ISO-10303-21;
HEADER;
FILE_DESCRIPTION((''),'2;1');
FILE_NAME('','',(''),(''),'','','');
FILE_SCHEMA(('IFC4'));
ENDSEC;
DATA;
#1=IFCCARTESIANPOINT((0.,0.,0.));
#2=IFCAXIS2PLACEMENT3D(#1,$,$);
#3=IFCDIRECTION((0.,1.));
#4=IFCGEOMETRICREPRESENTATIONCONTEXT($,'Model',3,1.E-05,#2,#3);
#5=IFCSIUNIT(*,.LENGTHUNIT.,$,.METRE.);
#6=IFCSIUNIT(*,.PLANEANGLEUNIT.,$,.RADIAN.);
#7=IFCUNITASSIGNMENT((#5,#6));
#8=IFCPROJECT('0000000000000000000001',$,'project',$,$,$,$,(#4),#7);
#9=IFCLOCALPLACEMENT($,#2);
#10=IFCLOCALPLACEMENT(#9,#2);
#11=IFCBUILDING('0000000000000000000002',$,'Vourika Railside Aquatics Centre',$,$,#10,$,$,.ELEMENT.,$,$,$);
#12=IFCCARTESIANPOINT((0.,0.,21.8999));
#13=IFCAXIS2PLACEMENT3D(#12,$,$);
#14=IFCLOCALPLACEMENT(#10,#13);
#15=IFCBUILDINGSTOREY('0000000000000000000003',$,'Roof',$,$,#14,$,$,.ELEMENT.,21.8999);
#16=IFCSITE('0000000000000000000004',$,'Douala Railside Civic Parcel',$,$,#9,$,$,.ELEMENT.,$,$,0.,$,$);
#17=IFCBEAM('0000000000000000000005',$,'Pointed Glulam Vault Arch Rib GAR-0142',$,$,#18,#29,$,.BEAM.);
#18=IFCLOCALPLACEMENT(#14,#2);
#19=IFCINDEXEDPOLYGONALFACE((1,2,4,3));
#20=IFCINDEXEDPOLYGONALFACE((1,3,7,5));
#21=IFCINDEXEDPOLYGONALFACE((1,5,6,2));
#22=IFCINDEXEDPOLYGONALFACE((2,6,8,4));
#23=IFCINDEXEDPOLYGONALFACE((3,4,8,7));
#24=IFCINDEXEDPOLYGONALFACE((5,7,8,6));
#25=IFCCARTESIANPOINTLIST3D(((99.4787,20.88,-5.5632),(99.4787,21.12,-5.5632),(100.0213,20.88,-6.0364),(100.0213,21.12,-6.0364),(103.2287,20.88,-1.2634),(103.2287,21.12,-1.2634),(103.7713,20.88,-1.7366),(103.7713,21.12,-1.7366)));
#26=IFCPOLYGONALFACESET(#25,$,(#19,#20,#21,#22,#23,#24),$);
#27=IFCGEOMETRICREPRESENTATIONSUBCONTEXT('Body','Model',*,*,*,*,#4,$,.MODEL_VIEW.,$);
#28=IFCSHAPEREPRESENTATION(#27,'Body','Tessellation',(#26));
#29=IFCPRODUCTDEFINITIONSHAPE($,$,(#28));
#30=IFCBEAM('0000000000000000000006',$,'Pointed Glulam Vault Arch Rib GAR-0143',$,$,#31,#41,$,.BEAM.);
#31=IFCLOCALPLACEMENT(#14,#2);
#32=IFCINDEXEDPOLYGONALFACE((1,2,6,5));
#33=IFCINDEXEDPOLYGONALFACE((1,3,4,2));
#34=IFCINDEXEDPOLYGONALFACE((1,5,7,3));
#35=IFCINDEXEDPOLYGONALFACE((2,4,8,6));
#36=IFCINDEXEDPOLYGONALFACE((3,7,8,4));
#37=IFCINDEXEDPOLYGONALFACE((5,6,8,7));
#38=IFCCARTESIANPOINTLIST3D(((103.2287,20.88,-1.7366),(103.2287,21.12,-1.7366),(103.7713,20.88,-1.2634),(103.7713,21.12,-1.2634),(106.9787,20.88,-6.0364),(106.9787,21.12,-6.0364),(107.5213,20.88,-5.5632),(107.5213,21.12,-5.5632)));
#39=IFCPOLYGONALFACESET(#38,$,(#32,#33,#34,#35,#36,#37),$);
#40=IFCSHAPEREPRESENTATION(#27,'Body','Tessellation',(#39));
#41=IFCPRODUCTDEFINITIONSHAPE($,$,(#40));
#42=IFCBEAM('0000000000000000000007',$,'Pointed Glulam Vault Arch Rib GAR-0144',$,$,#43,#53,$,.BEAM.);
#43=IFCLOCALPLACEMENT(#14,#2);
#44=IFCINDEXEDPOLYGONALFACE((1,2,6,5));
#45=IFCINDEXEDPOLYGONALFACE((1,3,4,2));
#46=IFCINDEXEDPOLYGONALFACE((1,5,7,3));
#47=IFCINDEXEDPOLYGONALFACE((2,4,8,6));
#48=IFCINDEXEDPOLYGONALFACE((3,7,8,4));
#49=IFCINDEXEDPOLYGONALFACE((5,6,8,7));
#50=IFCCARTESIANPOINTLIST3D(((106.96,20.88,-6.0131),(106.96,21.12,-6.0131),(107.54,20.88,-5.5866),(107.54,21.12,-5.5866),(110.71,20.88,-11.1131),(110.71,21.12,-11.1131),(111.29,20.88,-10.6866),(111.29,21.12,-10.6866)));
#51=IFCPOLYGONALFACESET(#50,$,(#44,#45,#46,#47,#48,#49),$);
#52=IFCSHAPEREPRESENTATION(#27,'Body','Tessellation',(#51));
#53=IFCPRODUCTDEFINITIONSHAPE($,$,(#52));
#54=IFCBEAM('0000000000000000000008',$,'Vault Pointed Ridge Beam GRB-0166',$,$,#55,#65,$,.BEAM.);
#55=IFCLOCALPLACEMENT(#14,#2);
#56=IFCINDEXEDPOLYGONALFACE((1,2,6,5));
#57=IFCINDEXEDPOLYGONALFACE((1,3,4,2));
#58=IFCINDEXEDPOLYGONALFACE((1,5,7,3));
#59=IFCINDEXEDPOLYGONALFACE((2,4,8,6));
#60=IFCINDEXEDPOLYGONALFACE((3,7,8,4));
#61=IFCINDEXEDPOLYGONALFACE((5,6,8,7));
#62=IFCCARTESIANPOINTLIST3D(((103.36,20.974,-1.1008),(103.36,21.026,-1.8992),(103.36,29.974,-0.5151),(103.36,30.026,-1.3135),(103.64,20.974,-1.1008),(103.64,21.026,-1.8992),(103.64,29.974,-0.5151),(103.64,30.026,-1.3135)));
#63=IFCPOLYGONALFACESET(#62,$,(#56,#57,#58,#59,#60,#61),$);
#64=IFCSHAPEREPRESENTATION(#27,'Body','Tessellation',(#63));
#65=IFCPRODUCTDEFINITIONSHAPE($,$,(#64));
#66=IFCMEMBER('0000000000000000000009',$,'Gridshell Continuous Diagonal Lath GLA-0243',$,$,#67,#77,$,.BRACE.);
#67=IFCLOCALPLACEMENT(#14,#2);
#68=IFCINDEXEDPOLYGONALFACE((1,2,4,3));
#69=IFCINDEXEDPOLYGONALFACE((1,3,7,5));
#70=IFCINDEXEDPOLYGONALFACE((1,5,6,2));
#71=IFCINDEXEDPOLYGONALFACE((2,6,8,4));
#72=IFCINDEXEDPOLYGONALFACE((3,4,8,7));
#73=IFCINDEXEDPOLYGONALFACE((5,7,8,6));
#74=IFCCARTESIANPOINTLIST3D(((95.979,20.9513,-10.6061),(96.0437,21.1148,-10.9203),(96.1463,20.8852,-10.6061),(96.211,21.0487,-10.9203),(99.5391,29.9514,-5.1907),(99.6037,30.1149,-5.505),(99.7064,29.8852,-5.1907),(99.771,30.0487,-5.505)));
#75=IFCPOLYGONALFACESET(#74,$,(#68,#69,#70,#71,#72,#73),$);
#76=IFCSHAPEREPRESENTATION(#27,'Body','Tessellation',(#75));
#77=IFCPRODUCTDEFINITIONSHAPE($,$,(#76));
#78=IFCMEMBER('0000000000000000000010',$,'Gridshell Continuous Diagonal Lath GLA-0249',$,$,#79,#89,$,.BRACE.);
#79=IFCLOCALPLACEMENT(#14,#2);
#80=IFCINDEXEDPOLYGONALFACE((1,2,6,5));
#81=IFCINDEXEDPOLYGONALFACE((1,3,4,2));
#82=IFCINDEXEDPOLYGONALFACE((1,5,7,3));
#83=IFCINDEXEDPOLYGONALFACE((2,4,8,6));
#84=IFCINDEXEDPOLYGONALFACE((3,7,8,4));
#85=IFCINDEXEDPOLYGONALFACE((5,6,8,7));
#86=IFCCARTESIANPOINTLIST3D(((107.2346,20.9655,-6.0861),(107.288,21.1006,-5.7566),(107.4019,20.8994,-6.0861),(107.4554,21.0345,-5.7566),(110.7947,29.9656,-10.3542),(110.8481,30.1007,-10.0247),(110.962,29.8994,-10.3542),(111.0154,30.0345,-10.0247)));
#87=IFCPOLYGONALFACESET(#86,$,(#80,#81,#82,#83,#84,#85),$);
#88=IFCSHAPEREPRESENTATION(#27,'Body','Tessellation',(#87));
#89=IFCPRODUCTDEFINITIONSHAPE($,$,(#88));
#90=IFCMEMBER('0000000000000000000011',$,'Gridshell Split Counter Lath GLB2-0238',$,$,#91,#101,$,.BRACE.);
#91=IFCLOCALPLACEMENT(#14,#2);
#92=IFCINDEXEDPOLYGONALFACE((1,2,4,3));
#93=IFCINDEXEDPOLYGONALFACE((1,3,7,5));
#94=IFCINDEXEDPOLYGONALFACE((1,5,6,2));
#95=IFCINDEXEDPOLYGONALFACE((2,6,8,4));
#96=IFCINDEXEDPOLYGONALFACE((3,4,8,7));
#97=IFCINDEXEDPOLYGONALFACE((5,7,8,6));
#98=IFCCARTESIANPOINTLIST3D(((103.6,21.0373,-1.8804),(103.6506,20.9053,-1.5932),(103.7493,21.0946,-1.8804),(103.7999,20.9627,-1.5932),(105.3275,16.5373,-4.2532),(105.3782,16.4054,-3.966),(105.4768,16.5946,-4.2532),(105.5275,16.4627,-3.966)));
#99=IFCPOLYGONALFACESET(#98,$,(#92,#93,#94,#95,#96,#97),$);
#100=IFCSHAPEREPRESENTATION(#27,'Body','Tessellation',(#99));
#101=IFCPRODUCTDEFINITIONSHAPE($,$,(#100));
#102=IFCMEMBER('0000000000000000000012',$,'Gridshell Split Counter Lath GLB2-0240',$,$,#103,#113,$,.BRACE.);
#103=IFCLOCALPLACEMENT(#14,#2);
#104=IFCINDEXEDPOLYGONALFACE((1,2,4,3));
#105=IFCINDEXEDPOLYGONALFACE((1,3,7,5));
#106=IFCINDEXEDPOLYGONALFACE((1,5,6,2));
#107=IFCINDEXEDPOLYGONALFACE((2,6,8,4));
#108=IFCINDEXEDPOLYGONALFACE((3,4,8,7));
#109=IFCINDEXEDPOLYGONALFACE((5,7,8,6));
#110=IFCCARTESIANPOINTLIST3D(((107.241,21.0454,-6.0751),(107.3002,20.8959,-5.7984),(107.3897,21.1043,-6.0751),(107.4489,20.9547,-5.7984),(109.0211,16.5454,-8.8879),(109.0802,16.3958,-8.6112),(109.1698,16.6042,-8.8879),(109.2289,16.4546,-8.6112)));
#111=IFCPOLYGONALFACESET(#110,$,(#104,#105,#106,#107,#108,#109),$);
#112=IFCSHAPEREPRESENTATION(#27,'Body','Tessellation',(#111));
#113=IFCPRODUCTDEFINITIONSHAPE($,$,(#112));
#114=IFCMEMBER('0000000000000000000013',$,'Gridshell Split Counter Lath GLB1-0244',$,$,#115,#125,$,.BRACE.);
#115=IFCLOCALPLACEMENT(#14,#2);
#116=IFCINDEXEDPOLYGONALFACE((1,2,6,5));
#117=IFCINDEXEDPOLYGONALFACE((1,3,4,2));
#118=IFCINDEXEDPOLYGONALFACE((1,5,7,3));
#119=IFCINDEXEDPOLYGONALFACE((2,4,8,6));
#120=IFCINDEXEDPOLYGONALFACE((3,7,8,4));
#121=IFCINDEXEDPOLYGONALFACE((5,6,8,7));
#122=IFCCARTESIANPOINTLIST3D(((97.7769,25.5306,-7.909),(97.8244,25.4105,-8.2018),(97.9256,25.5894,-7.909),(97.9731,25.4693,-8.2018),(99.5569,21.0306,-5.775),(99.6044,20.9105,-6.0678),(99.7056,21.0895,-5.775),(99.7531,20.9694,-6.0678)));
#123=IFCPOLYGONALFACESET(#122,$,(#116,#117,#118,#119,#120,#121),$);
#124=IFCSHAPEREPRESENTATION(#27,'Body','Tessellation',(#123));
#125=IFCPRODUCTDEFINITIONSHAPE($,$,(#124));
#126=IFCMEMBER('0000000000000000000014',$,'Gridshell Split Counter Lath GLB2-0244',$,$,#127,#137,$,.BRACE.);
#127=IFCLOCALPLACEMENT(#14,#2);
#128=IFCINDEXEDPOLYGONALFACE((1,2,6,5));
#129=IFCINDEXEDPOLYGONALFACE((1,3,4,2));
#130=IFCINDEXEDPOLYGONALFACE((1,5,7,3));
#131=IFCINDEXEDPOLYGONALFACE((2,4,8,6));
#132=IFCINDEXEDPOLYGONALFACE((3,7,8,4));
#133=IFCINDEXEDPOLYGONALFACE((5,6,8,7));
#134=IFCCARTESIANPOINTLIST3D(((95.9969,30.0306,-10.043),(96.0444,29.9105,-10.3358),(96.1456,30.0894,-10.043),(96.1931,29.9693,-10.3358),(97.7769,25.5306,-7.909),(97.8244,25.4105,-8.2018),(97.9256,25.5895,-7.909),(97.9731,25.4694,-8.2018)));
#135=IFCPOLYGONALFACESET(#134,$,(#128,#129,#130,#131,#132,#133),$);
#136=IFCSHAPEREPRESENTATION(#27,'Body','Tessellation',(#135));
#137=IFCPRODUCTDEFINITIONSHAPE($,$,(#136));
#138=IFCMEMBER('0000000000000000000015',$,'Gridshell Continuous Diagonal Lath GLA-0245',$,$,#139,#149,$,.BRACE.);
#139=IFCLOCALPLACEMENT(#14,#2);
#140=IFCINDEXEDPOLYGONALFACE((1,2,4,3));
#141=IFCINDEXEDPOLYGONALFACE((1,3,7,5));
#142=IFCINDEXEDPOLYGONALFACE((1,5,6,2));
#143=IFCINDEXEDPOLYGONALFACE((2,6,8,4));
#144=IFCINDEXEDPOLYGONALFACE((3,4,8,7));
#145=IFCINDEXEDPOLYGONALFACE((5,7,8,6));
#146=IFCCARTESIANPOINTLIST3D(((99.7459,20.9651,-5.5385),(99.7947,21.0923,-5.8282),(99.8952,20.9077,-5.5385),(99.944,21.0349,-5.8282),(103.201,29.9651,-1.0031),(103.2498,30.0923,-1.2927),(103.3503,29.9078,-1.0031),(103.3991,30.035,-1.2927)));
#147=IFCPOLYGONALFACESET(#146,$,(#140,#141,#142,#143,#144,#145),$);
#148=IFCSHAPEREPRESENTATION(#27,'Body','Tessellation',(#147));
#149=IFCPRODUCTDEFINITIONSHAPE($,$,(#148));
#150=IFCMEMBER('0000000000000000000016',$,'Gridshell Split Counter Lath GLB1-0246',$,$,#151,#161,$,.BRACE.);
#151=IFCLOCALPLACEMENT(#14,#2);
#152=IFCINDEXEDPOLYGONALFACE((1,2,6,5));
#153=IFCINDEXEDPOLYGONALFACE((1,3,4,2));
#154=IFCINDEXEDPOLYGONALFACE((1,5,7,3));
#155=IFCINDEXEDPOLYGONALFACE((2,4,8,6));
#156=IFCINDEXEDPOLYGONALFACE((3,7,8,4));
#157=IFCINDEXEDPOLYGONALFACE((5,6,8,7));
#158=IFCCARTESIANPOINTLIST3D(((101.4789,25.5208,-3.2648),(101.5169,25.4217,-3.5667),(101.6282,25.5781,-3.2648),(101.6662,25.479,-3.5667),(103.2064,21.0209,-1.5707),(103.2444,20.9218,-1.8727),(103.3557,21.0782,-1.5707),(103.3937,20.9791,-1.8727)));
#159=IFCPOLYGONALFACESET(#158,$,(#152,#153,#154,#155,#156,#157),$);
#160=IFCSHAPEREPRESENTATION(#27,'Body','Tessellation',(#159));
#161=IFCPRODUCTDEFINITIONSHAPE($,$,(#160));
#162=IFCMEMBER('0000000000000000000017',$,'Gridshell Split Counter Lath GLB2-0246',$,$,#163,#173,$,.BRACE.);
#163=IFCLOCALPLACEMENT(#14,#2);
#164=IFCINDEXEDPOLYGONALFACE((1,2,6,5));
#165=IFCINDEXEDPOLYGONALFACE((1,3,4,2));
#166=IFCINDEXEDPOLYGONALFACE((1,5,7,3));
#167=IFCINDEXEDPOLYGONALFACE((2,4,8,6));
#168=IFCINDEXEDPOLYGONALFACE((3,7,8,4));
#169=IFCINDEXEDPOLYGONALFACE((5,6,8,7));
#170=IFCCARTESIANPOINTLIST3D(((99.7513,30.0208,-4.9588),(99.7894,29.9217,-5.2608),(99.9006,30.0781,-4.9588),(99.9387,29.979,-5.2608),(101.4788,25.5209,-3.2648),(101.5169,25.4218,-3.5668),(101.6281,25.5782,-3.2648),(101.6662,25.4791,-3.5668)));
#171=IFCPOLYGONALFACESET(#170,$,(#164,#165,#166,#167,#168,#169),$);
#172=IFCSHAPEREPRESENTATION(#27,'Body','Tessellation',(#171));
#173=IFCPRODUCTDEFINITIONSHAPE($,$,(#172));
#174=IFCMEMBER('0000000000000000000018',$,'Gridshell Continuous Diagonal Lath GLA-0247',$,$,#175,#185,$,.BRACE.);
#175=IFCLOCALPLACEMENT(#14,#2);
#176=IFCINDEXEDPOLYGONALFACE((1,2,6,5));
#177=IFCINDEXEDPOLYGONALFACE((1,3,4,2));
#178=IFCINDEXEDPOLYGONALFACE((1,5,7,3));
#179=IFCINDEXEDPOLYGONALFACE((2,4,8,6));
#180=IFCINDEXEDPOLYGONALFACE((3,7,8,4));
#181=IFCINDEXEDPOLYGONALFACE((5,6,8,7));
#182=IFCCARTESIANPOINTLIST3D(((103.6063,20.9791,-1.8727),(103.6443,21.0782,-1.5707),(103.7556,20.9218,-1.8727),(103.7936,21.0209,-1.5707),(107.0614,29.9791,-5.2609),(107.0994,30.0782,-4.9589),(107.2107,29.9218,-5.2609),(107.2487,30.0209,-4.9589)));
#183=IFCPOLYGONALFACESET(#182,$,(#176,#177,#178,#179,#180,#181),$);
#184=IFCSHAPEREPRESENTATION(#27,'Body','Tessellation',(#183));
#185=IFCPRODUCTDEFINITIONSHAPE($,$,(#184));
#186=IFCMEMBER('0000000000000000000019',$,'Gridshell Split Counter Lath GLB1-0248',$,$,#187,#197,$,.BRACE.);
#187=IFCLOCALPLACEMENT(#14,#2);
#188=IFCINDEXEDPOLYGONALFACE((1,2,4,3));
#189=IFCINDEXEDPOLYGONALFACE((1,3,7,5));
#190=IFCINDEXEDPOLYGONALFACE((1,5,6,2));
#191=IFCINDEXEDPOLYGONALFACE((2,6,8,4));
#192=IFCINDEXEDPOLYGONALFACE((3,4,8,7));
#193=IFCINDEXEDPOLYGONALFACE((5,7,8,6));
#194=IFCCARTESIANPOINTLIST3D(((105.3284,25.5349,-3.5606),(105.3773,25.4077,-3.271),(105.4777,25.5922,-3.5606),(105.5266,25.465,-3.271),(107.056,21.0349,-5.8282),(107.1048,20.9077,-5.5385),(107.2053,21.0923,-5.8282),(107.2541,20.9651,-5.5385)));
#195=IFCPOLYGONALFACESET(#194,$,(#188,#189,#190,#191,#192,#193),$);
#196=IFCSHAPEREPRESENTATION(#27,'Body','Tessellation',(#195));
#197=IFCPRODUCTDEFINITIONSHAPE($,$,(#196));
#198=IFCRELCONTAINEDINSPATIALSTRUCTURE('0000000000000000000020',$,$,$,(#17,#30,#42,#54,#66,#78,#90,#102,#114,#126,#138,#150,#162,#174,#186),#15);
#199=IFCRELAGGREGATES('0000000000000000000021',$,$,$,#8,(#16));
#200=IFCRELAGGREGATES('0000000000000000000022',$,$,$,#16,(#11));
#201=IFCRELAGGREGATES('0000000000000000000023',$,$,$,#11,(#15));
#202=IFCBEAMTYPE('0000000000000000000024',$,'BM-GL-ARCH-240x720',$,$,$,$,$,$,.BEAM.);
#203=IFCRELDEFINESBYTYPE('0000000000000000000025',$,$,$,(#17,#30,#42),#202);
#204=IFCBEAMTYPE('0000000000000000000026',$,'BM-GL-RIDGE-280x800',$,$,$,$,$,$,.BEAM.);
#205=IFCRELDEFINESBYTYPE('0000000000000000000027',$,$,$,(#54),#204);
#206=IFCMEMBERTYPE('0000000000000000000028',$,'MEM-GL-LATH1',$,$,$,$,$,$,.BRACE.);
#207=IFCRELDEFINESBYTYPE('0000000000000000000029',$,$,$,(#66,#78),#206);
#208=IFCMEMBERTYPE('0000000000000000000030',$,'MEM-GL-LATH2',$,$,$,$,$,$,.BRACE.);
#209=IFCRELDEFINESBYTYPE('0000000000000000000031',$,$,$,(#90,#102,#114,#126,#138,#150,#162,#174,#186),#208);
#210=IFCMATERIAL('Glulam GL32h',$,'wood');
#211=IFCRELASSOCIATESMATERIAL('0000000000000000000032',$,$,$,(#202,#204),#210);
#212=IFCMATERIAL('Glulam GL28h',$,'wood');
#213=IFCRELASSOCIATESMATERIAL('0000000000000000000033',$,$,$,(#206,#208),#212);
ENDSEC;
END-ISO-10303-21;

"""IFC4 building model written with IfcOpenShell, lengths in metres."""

from ifc_helpers import new_model, si_unit, direction, frame, origin, origin_2d, place, context, subcontext, project, spatial, rectangle, extrude, material, material_profile, profile_set, type_object, element, save


model = new_model("IFC4")

# Units and contexts
model_context = context("Model", 3, precision=1e-05, world=origin(), true_north=direction((0.0, 1.0)))
body_context = subcontext(model_context, "Body", "Model", "MODEL_VIEW")
ifc_project = project(units=[si_unit("LENGTHUNIT", "METRE"), si_unit("PLANEANGLEUNIT", "RADIAN")], contexts=[model_context])

# Site, building, storey
site_placement = place(None, origin())
site = spatial("IfcSite", under=ifc_project, at=site_placement, Name="Douala Railside Civic Parcel", CompositionType="ELEMENT", RefElevation=0.0)
building_placement = place(site_placement, origin())
building = spatial("IfcBuilding", under=site, at=building_placement, Name="Vourika Railside Aquatics Centre", CompositionType="ELEMENT")
storey_placement = place(building_placement, frame((0.0, 0.0, 21.8999)))
storey = spatial("IfcBuildingStorey", under=building, at=storey_placement, Name="Roof", CompositionType="ELEMENT", Elevation=21.8999)

# Beams
ifc_material_1 = material(Name="Glulam GL32h", Category="wood")
ifc_material_profile_1 = material_profile(ifc_material_1, rectangle(XDim=0.24, YDim=0.72, at=origin_2d()), Name="GL32h 240x720")
ifc_profile_set_1 = profile_set([ifc_material_profile_1], Name="Glulam GL32h")
beam_type_1 = type_object("IfcBeamType", Name="BM-GL-ARCH-240x720", PredefinedType="BEAM", material=ifc_profile_set_1)
for number, where, z_axis, x_axis, name in (
    (1, (99.75, 21.0, -5.7998), (0.65728, 0.0, 0.753647), (0.0, 1.0, 0.0), "Pointed Glulam Vault Arch Rib GAR-0142"),
    (2, (103.5, 21.0, -1.5), (0.65728, 0.0, -0.753647), (0.0, 1.0, 0.0), "Pointed Glulam Vault Arch Rib GAR-0143"),
):
    element("IfcBeam", number, at=place(storey_placement, frame(where, z_axis=z_axis, x_axis=x_axis)), inside=storey, type_object=beam_type_1, Name=name, PredefinedType="BEAM", context=body_context, shape_type="SweptSolid", body=[
        extrude(rectangle(XDim=0.24, YDim=0.72, at=origin_2d()), origin(), (0.0, 0.0, 1.0), 5.7053),
    ])
beam_1_placement = place(storey_placement, frame((107.25, 21.0, -5.7998), z_axis=(0.592383, 0.0, -0.805656), x_axis=(0.0, 1.0, 0.0)))
element("IfcBeam", 3, at=beam_1_placement, inside=storey, type_object=beam_type_1, Name="Pointed Glulam Vault Arch Rib GAR-0144", PredefinedType="BEAM", context=body_context, shape_type="SweptSolid", body=[
    extrude(rectangle(XDim=0.24, YDim=0.72, at=origin_2d()), origin(), (0.0, 0.0, 1.0), 6.3303),
])
ifc_material_profile_2 = material_profile(ifc_material_1, rectangle(XDim=0.28, YDim=0.8, at=origin_2d()), Name="GL32h 280x800")
ifc_profile_set_2 = profile_set([ifc_material_profile_2], Name="Glulam GL32h")
beam_type_2 = type_object("IfcBeamType", Name="BM-GL-RIDGE-280x800", PredefinedType="BEAM", material=ifc_profile_set_2)
beam_2_placement = place(storey_placement, frame((103.5, 21.0, -1.5), z_axis=(0.0, 0.997889, 0.06494), x_axis=(-1.0, 0.0, 0.0)))
element("IfcBeam", 4, at=beam_2_placement, inside=storey, type_object=beam_type_2, Name="Vault Pointed Ridge Beam GRB-0166", PredefinedType="BEAM", context=body_context, shape_type="SweptSolid", body=[
    extrude(rectangle(XDim=0.28, YDim=0.8, at=origin_2d()), origin(), (0.0, 0.0, 1.0), 9.019),
])

# Members
ifc_material_2 = material(Name="Glulam GL28h", Category="wood")
ifc_material_profile_3 = material_profile(ifc_material_2, rectangle(XDim=0.1799, YDim=0.3601, at=origin_2d()), Name="GL28h 180x360")
ifc_profile_set_3 = profile_set([ifc_material_profile_3], Name="Glulam GL28h")
member_type_1 = type_object("IfcMemberType", Name="MEM-GL-LATH1", PredefinedType="BRACE", material=ifc_profile_set_3)
member_1_placement = place(storey_placement, frame((96.095, 21.0, -10.7632), z_axis=(0.321001, 0.811505, 0.488281), x_axis=(-0.929893, 0.36783, 0.0)))
element("IfcMember", 5, at=member_1_placement, inside=storey, type_object=member_type_1, Name="Gridshell Continuous Diagonal Lath GLA-0243", PredefinedType="BRACE", context=body_context, shape_type="SweptSolid", body=[
    extrude(rectangle(XDim=0.1799, YDim=0.3601, at=origin_2d()), origin(), (0.0, 0.0, 1.0), 11.0906),
])
member_2_placement = place(storey_placement, frame((107.345, 21.0, -5.9214), z_axis=(0.336559, 0.850836, -0.403492), x_axis=(-0.929893, 0.36783, 0.0)))
element("IfcMember", 6, at=member_2_placement, inside=storey, type_object=member_type_1, Name="Gridshell Continuous Diagonal Lath GLA-0249", PredefinedType="BRACE", context=body_context, shape_type="SweptSolid", body=[
    extrude(rectangle(XDim=0.1799, YDim=0.3601, at=origin_2d()), origin(), (0.0, 0.0, 1.0), 10.5779),
])
ifc_material_profile_4 = material_profile(ifc_material_2, rectangle(XDim=0.1599, YDim=0.3201, at=origin_2d()), Name="GL28h 160x320")
ifc_profile_set_4 = profile_set([ifc_material_profile_4], Name="Glulam GL28h")
member_type_2 = type_object("IfcMemberType", Name="MEM-GL-LATH2", PredefinedType="BRACE", material=ifc_profile_set_4)
member_3_placement = place(storey_placement, frame((105.4275, 16.5, -4.1096), z_axis=(-0.321548, 0.837587, 0.441651), x_axis=(-0.93357, -0.358395, 0.0)))
element("IfcMember", 7, at=member_3_placement, inside=storey, type_object=member_type_2, Name="Gridshell Split Counter Lath GLB2-0238", PredefinedType="BRACE", context=body_context, shape_type="SweptSolid", body=[
    extrude(rectangle(XDim=0.1599, YDim=0.3201, at=origin_2d()), origin(), (0.0, 0.0, 1.0), 5.3726),
])
member_4_placement = place(storey_placement, frame((109.125, 16.5, -8.7495), z_axis=(-0.318014, 0.803956, 0.502516), x_axis=(-0.929893, -0.36783, 0.0)))
element("IfcMember", 8, at=member_4_placement, inside=storey, type_object=member_type_2, Name="Gridshell Split Counter Lath GLB2-0240", PredefinedType="BRACE", context=body_context, shape_type="SweptSolid", body=[
    extrude(rectangle(XDim=0.1599, YDim=0.3201, at=origin_2d()), origin(), (0.0, 0.0, 1.0), 5.5974),
])
for number, where, z_axis, x_axis, name in (
    (9, (99.655, 21.0, -5.9214), (-0.336559, 0.850836, -0.403492), (-0.929893, -0.36783, 0.0), "Gridshell Split Counter Lath GLB1-0244"),
    (10, (97.875, 25.5, -8.0554), (-0.336559, 0.850836, -0.403492), (-0.929893, -0.36783, 0.0), "Gridshell Split Counter Lath GLB2-0244"),
):
    element("IfcMember", number, at=place(storey_placement, frame(where, z_axis=z_axis, x_axis=x_axis)), inside=storey, type_object=member_type_2, Name=name, PredefinedType="BRACE", context=body_context, shape_type="SweptSolid", body=[
        extrude(rectangle(XDim=0.1599, YDim=0.3201, at=origin_2d()), origin(), (0.0, 0.0, 1.0), 5.2888),
    ])
member_5_placement = place(storey_placement, frame((99.845, 21.0, -5.6833), z_axis=(0.324299, 0.844754, 0.4257), x_axis=(-0.93357, 0.358395, 0.0)))
element("IfcMember", 11, at=member_5_placement, inside=storey, type_object=member_type_2, Name="Gridshell Continuous Diagonal Lath GLA-0245", PredefinedType="BRACE", context=body_context, shape_type="SweptSolid", body=[
    extrude(rectangle(XDim=0.1599, YDim=0.3201, at=origin_2d()), origin(), (0.0, 0.0, 1.0), 10.6541),
])
for number, where, z_axis, x_axis, name in (
    (12, (103.3, 21.0, -1.7217), (-0.338121, 0.880757, -0.331574), (-0.93357, -0.358395, 0.0), "Gridshell Split Counter Lath GLB1-0246"),
    (13, (101.5725, 25.5, -3.4158), (-0.338121, 0.880757, -0.331574), (-0.93357, -0.358395, 0.0), "Gridshell Split Counter Lath GLB2-0246"),
):
    element("IfcMember", number, at=place(storey_placement, frame(where, z_axis=z_axis, x_axis=x_axis)), inside=storey, type_object=member_type_2, Name=name, PredefinedType="BRACE", context=body_context, shape_type="SweptSolid", body=[
        extrude(rectangle(XDim=0.1599, YDim=0.3201, at=origin_2d()), origin(), (0.0, 0.0, 1.0), 5.1091),
    ])
member_6_placement = place(storey_placement, frame((103.7, 21.0, -1.7217), z_axis=(0.338121, 0.880757, -0.331574), x_axis=(-0.93357, 0.358395, 0.0)))
element("IfcMember", 14, at=member_6_placement, inside=storey, type_object=member_type_2, Name="Gridshell Continuous Diagonal Lath GLA-0247", PredefinedType="BRACE", context=body_context, shape_type="SweptSolid", body=[
    extrude(rectangle(XDim=0.1599, YDim=0.3201, at=origin_2d()), origin(), (0.0, 0.0, 1.0), 10.2185),
])
member_7_placement = place(storey_placement, frame((107.155, 21.0, -5.6833), z_axis=(-0.324302, 0.844762, 0.425681), x_axis=(-0.93357, -0.358395, 0.0)))
element("IfcMember", 15, at=member_7_placement, inside=storey, type_object=member_type_2, Name="Gridshell Split Counter Lath GLB1-0248", PredefinedType="BRACE", context=body_context, shape_type="SweptSolid", body=[
    extrude(rectangle(XDim=0.1599, YDim=0.3201, at=origin_2d()), origin(), (0.0, 0.0, 1.0), 5.3269),
])

save(model, "model.ifc")
